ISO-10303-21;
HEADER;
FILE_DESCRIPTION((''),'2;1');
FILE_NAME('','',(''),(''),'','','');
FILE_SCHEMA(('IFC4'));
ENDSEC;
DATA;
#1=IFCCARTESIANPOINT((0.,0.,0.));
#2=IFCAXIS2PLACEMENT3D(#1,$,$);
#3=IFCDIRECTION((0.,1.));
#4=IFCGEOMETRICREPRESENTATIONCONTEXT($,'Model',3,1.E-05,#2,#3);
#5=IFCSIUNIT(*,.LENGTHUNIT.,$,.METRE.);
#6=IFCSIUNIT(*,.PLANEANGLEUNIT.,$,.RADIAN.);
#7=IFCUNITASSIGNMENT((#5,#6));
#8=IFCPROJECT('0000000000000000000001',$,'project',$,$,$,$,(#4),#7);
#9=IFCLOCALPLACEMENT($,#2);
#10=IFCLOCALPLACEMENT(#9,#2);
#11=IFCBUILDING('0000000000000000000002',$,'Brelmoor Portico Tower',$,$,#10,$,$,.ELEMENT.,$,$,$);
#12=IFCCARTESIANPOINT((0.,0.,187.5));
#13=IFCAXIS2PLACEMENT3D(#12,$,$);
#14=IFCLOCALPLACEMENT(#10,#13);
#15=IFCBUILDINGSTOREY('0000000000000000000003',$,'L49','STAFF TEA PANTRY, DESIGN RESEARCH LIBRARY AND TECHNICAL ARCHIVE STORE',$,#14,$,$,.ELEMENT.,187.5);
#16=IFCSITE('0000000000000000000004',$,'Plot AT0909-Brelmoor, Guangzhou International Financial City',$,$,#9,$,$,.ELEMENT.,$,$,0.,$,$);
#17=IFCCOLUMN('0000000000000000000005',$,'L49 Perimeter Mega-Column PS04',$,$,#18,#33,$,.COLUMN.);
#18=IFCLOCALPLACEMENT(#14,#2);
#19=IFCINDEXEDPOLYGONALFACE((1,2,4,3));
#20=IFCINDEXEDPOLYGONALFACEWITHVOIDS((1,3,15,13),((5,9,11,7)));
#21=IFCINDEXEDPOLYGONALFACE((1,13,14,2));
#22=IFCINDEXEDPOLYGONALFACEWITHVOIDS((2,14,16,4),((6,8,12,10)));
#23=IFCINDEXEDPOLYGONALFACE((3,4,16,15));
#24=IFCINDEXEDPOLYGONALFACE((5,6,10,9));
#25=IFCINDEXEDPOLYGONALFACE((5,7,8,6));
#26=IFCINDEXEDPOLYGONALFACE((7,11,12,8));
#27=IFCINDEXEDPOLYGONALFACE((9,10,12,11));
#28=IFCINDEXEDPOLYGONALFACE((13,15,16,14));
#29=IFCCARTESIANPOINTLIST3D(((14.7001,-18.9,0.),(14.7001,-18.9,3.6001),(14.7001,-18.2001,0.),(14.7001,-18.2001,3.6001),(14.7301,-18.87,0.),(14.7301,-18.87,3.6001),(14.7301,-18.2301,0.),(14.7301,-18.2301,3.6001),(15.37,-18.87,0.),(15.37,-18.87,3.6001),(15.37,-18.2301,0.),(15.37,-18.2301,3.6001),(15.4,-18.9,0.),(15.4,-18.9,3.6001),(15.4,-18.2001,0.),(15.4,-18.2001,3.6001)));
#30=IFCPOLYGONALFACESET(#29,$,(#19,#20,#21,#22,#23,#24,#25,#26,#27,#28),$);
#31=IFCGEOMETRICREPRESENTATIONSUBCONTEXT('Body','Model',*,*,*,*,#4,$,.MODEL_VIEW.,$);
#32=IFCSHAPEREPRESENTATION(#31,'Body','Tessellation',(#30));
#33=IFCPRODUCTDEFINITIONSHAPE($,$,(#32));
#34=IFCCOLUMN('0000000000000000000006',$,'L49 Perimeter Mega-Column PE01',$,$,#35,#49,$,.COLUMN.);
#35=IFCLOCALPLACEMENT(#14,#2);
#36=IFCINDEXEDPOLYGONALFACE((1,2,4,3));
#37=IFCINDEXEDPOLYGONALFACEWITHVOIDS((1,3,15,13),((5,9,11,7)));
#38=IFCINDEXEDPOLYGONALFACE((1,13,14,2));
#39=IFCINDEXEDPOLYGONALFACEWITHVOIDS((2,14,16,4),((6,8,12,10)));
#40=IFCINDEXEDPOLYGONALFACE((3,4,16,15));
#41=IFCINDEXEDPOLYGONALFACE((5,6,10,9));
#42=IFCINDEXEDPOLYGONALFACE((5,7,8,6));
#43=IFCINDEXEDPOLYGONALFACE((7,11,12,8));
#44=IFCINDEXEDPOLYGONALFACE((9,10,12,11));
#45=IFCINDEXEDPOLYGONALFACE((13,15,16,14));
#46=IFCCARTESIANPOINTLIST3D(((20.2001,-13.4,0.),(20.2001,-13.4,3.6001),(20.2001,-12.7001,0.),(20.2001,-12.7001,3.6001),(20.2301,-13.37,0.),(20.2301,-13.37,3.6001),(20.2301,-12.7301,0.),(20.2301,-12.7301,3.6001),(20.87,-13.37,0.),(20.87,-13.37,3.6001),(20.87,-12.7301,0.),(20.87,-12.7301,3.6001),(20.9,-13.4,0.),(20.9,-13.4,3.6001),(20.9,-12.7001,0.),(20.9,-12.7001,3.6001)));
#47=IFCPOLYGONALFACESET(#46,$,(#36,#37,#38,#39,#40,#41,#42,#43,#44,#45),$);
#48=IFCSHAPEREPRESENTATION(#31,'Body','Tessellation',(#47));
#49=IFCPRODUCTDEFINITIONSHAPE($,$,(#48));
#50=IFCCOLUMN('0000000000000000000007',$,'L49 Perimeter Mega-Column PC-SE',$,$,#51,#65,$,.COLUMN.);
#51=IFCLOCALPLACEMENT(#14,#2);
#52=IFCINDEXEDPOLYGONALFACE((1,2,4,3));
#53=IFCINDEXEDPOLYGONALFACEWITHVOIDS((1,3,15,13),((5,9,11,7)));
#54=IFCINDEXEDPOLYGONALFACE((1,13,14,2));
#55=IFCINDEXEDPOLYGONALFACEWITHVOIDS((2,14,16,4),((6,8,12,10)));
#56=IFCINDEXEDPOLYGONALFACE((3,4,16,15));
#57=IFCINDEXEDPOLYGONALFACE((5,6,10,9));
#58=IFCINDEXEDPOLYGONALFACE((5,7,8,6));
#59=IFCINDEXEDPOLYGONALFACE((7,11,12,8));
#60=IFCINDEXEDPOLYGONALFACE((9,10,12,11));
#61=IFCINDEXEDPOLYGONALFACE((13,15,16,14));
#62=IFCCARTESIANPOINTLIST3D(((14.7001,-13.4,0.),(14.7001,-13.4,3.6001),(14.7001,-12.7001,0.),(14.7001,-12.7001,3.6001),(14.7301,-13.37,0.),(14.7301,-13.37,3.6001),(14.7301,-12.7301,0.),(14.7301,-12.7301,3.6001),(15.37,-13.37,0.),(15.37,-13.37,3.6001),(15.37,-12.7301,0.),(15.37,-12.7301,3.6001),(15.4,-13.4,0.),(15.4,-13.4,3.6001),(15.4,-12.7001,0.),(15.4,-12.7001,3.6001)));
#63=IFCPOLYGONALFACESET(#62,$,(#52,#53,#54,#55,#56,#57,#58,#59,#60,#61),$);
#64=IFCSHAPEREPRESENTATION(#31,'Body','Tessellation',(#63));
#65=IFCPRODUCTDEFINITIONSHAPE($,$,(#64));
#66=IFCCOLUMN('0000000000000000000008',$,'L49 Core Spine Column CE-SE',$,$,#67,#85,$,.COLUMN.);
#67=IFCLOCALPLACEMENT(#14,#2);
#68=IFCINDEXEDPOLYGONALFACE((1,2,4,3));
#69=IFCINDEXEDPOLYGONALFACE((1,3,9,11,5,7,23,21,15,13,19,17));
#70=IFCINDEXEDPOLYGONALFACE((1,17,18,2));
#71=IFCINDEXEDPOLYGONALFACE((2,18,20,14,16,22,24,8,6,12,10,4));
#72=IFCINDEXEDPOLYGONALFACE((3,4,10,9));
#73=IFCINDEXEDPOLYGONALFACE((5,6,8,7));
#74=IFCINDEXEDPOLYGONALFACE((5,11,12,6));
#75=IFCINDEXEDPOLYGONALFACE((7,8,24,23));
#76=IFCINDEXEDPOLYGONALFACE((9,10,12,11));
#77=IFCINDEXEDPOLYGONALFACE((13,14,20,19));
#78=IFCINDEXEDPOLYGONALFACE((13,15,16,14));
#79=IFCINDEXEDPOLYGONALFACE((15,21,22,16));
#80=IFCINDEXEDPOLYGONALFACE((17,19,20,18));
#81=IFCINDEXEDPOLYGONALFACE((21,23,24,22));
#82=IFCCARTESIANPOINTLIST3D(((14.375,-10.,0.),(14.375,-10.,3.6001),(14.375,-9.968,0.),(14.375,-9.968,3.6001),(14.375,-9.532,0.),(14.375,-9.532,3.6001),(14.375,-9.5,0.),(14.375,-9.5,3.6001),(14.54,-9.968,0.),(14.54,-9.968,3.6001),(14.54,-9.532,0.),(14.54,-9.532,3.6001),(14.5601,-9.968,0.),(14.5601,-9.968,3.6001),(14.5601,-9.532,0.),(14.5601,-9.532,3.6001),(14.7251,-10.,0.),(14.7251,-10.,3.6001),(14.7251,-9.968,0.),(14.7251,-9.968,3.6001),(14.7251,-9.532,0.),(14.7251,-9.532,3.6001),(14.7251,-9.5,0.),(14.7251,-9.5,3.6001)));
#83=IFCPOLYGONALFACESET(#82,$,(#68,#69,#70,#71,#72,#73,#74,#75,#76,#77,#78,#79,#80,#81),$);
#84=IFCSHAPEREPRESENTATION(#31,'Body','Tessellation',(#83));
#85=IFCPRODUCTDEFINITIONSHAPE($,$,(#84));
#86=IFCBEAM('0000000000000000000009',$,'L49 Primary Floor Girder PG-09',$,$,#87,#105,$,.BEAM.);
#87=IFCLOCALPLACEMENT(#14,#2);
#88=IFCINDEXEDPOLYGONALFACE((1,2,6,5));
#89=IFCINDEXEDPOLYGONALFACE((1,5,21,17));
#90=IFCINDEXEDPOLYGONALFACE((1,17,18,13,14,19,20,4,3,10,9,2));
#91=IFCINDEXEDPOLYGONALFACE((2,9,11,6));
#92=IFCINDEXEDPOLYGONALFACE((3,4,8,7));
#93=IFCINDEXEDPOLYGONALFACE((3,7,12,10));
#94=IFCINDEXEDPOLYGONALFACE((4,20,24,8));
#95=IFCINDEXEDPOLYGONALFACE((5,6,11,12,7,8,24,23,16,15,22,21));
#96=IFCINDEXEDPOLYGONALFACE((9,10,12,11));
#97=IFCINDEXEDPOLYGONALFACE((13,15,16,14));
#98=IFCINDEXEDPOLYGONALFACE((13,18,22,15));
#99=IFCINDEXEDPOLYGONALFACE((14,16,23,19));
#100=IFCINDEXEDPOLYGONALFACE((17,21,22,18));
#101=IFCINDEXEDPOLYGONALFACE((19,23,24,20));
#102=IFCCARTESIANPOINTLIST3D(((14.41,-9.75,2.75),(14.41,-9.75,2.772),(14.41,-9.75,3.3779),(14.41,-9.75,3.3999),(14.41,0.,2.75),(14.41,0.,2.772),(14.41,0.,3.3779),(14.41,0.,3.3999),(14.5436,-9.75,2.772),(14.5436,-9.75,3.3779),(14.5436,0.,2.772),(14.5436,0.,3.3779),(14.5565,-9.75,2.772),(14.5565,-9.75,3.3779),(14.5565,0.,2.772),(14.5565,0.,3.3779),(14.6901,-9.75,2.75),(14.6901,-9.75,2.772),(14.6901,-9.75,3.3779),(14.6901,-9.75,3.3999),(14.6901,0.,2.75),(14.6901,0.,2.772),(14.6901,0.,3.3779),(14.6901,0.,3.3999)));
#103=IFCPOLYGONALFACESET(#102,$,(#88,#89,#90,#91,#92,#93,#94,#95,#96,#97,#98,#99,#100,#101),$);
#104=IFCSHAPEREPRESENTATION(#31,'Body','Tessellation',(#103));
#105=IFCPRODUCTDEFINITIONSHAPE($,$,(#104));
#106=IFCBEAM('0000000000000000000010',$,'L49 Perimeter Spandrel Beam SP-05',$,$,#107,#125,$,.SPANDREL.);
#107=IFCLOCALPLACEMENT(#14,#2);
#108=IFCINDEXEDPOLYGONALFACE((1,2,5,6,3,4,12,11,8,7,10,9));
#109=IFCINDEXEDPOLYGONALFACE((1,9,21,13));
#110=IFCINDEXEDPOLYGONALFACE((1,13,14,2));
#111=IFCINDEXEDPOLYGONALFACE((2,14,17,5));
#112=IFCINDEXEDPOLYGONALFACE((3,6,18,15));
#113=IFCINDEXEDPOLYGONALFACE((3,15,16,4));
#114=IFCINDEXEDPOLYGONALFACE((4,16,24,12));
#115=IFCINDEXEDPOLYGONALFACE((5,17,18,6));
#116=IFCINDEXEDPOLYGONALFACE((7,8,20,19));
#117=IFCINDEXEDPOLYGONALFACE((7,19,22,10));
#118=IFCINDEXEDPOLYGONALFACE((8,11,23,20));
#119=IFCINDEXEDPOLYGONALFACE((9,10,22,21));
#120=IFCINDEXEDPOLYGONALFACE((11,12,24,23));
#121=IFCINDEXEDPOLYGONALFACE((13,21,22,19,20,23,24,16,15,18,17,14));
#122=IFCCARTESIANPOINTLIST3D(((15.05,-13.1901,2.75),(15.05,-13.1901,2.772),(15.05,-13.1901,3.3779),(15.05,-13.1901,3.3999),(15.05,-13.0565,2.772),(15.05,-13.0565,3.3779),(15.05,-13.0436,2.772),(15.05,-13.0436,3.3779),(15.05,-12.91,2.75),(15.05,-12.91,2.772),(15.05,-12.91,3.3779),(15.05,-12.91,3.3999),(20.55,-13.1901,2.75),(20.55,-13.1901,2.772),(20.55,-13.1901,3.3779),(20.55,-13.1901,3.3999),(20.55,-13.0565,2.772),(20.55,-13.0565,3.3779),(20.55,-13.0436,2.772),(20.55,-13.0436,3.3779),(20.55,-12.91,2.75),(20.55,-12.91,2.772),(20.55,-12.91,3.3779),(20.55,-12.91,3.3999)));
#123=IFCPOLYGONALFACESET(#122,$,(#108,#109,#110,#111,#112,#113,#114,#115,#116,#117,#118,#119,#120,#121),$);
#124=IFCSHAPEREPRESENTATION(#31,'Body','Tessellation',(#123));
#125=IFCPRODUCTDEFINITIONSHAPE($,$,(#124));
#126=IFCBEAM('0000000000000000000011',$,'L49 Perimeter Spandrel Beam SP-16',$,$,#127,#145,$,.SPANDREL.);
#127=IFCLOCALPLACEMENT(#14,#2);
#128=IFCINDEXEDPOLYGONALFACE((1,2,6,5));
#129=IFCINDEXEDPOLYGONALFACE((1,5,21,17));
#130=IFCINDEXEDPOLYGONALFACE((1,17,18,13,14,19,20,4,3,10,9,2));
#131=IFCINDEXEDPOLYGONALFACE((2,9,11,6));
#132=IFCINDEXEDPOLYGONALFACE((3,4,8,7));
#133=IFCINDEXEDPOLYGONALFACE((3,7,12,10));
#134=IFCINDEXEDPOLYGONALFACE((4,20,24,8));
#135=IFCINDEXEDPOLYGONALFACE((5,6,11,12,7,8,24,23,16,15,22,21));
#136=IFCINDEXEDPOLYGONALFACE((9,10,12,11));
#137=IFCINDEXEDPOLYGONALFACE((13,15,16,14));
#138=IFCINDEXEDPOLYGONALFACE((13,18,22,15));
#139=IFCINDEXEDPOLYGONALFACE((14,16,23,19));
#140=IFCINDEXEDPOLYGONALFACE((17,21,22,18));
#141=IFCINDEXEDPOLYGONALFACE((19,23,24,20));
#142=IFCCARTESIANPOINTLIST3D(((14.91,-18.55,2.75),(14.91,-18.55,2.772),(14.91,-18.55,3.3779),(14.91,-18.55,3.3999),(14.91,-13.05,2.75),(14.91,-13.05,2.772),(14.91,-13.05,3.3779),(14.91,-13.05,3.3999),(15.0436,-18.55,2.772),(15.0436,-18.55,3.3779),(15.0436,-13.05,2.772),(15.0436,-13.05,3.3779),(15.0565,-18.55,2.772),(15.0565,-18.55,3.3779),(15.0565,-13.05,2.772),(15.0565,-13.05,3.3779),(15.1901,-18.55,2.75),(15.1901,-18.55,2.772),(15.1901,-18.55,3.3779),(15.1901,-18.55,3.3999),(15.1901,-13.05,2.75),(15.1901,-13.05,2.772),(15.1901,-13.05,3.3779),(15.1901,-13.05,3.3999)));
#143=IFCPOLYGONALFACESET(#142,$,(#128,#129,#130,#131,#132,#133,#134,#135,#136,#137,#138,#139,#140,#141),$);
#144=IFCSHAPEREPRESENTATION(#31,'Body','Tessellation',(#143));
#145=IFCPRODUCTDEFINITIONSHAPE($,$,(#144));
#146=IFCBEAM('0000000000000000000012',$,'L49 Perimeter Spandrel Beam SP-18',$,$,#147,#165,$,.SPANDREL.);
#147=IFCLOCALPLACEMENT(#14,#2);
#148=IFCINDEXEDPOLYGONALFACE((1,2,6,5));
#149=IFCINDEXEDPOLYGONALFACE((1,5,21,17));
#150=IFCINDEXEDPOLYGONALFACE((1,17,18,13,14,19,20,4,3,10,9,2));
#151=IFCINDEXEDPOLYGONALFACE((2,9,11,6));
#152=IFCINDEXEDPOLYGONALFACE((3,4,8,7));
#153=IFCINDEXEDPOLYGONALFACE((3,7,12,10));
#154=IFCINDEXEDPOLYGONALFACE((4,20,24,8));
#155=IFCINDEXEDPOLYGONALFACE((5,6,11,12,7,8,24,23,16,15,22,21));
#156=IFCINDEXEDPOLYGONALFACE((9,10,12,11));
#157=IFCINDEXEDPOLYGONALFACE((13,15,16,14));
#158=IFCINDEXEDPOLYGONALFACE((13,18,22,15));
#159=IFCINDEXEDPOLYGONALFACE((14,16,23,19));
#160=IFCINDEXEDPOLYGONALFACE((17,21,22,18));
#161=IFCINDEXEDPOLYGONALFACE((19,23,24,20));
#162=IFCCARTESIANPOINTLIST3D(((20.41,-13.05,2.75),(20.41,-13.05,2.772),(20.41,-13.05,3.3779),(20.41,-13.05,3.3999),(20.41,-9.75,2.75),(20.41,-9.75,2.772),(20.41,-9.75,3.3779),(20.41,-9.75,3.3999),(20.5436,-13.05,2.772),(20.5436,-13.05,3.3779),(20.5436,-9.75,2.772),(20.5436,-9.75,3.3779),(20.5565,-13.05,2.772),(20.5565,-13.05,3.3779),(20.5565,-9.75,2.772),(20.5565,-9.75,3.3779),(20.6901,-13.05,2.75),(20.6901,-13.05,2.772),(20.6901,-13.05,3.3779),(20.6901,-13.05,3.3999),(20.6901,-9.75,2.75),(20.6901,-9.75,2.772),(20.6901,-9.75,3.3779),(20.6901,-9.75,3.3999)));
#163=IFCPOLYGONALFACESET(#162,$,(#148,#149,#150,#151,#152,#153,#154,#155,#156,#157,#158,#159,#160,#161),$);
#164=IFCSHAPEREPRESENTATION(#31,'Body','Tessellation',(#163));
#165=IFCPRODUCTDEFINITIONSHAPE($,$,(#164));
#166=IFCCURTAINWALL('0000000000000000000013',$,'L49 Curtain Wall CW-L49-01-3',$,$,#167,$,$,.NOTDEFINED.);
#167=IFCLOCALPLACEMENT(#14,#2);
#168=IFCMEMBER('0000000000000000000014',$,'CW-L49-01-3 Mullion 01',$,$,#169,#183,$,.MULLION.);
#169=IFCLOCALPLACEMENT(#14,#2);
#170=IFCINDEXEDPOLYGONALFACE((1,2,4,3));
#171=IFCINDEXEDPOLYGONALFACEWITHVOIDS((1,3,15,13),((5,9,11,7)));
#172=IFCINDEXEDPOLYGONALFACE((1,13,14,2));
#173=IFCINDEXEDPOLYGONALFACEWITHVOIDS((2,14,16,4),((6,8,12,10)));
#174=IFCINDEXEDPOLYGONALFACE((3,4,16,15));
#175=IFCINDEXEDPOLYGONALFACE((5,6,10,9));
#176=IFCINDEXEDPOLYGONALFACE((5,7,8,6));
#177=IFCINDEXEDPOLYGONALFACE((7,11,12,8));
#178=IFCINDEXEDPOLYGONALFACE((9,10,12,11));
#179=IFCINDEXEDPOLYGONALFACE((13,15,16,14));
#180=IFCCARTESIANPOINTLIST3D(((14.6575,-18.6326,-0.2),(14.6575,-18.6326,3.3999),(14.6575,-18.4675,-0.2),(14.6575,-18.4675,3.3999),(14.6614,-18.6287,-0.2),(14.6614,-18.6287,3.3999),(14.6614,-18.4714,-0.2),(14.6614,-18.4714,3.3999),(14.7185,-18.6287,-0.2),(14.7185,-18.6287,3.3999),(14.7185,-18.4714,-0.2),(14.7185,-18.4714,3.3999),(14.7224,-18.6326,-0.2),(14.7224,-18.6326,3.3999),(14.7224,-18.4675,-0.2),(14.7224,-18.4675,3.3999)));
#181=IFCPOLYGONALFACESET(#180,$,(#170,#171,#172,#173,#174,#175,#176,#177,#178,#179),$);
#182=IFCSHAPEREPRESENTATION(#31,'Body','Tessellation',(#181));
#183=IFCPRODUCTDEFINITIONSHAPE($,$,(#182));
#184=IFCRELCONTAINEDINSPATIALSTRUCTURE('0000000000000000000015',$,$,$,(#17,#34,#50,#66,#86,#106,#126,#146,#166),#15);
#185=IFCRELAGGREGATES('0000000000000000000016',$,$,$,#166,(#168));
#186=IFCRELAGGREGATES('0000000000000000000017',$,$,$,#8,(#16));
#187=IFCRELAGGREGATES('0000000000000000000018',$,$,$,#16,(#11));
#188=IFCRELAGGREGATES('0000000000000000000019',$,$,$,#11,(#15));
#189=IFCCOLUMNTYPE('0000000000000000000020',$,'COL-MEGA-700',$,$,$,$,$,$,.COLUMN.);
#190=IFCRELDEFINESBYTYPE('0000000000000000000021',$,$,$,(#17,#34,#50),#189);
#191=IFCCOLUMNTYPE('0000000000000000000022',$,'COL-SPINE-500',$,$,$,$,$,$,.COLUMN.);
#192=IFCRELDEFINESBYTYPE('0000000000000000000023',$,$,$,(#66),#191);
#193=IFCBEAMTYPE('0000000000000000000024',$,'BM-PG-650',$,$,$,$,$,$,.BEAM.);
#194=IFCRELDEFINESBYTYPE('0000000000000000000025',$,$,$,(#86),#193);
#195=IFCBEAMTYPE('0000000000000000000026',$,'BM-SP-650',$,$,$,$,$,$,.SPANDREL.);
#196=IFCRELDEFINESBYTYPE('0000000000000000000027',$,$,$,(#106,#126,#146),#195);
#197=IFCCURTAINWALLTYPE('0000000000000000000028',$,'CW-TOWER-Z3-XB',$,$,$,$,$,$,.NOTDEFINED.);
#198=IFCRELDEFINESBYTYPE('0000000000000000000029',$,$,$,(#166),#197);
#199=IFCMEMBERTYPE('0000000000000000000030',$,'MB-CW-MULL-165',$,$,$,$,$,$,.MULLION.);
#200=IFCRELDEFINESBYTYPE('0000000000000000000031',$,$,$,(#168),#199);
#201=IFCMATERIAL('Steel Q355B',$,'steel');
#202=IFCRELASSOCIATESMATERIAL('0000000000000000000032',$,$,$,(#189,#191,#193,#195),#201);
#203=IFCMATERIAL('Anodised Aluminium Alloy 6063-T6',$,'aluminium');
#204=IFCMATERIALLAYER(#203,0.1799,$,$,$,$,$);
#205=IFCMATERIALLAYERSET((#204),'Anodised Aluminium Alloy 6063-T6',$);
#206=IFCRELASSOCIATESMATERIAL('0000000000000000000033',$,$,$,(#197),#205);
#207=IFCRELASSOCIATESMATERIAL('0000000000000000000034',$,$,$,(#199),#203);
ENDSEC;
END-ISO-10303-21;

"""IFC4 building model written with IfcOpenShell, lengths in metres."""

from ifc_helpers import new_model, si_unit, direction, frame, origin, origin_2d, place, context, subcontext, project, spatial, hollow_rectangle, i_section, extrude, material, layer, layer_set, material_profile, profile_set, type_object, element, aggregate, save


model = new_model("IFC4")

# Units and contexts
model_context = context("Model", 3, precision=1e-05, world=origin(), true_north=direction((0.0, 1.0)))
body_context = subcontext(model_context, "Body", "Model", "MODEL_VIEW")
ifc_project = project(units=[si_unit("LENGTHUNIT", "METRE"), si_unit("PLANEANGLEUNIT", "RADIAN")], contexts=[model_context])

# Site, building, storey
site_placement = place(None, origin())
site = spatial("IfcSite", under=ifc_project, at=site_placement, Name="Plot AT0909-Brelmoor, Guangzhou International Financial City", CompositionType="ELEMENT", RefElevation=0.0)
building_placement = place(site_placement, origin())
building = spatial("IfcBuilding", under=site, at=building_placement, Name="Brelmoor Portico Tower", CompositionType="ELEMENT")
storey_placement = place(building_placement, frame((0.0, 0.0, 187.5)))
storey = spatial("IfcBuildingStorey", under=building, at=storey_placement, Name="L49", Description="STAFF TEA PANTRY, DESIGN RESEARCH LIBRARY AND TECHNICAL ARCHIVE STORE", CompositionType="ELEMENT", Elevation=187.5)

# Columns
ifc_material_1 = material(Name="Steel Q355B", Category="steel")
ifc_material_profile_1 = material_profile(ifc_material_1, hollow_rectangle(XDim=0.7, YDim=0.7, WallThickness=0.03, at=origin_2d()), Name="BOX 700x700x30")
ifc_profile_set_1 = profile_set([ifc_material_profile_1], Name="Steel Q355B")
column_type_1 = type_object("IfcColumnType", Name="COL-MEGA-700", PredefinedType="COLUMN", material=ifc_profile_set_1)
for number, where, z_axis, x_axis, name in (
    (1, (15.05, -18.55, 0.0), (0.0, 0.0, 1.0), (1.0, 0.0, 0.0), "L49 Perimeter Mega-Column PS04"),
    (2, (20.55, -13.05, 0.0), (0.0, 0.0, 1.0), (0.0, 1.0, 0.0), "L49 Perimeter Mega-Column PE01"),
    (3, (15.05, -13.05, 0.0), (0.0, 0.0, 1.0), (1.0, 0.0, 0.0), "L49 Perimeter Mega-Column PC-SE"),
):
    element("IfcColumn", number, at=place(storey_placement, frame(where, z_axis=z_axis, x_axis=x_axis)), inside=storey, type_object=column_type_1, Name=name, PredefinedType="COLUMN", context=body_context, shape_type="SweptSolid", body=[
        extrude(hollow_rectangle(XDim=0.7, YDim=0.7, WallThickness=0.03, at=origin_2d()), origin(), (0.0, 0.0, 1.0), 3.6001),
    ])
ifc_material_profile_2 = material_profile(ifc_material_1, i_section(OverallWidth=0.3501, OverallDepth=0.5, WebThickness=0.02, FlangeThickness=0.032, at=origin_2d()), Name="HW 500x350x20x32")
ifc_profile_set_2 = profile_set([ifc_material_profile_2], Name="Steel Q355B")
column_type_2 = type_object("IfcColumnType", Name="COL-SPINE-500", PredefinedType="COLUMN", material=ifc_profile_set_2)
column_placement = place(storey_placement, frame((14.55, -9.75, 0.0), z_axis=(0.0, 0.0, 1.0), x_axis=(1.0, 0.0, 0.0)))
element("IfcColumn", 4, at=column_placement, inside=storey, type_object=column_type_2, Name="L49 Core Spine Column CE-SE", PredefinedType="COLUMN", context=body_context, shape_type="SweptSolid", body=[
    extrude(i_section(OverallWidth=0.3501, OverallDepth=0.5, WebThickness=0.02, FlangeThickness=0.032, at=origin_2d()), origin(), (0.0, 0.0, 1.0), 3.6001),
])

# Beams
ifc_material_profile_3 = material_profile(ifc_material_1, i_section(OverallWidth=0.28, OverallDepth=0.6499, WebThickness=0.0129, FlangeThickness=0.022, at=origin_2d()), Name="HN 650x280x13x22")
ifc_profile_set_3 = profile_set([ifc_material_profile_3], Name="Steel Q355B")
beam_type_1 = type_object("IfcBeamType", Name="BM-PG-650", PredefinedType="BEAM", material=ifc_profile_set_3)
beam_1_placement = place(storey_placement, frame((14.55, -9.75, 3.075), z_axis=(0.0, 1.0, 0.0), x_axis=(-1.0, 0.0, 0.0)))
element("IfcBeam", 5, at=beam_1_placement, inside=storey, type_object=beam_type_1, Name="L49 Primary Floor Girder PG-09", PredefinedType="BEAM", context=body_context, shape_type="SweptSolid", body=[
    extrude(i_section(OverallWidth=0.28, OverallDepth=0.6499, WebThickness=0.0129, FlangeThickness=0.022, at=origin_2d()), origin(), (0.0, 0.0, 1.0), 9.75),
])
ifc_material_profile_4 = material_profile(ifc_material_1, i_section(OverallWidth=0.28, OverallDepth=0.6499, WebThickness=0.0129, FlangeThickness=0.022, at=origin_2d()), Name="HN 650x280x13x22")
ifc_profile_set_4 = profile_set([ifc_material_profile_4], Name="Steel Q355B")
beam_type_2 = type_object("IfcBeamType", Name="BM-SP-650", PredefinedType="SPANDREL", material=ifc_profile_set_4)
for number, where, z_axis, x_axis, name in (
    (6, (15.05, -13.05, 3.075), (1.0, 0.0, 0.0), (0.0, 1.0, 0.0), "L49 Perimeter Spandrel Beam SP-05"),
    (7, (15.05, -18.55, 3.075), (0.0, 1.0, 0.0), (-1.0, 0.0, 0.0), "L49 Perimeter Spandrel Beam SP-16"),
):
    element("IfcBeam", number, at=place(storey_placement, frame(where, z_axis=z_axis, x_axis=x_axis)), inside=storey, type_object=beam_type_2, Name=name, PredefinedType="SPANDREL", context=body_context, shape_type="SweptSolid", body=[
        extrude(i_section(OverallWidth=0.28, OverallDepth=0.6499, WebThickness=0.0129, FlangeThickness=0.022, at=origin_2d()), origin(), (0.0, 0.0, 1.0), 5.5),
    ])
beam_2_placement = place(storey_placement, frame((20.55, -13.05, 3.075), z_axis=(0.0, 1.0, 0.0), x_axis=(-1.0, 0.0, 0.0)))
element("IfcBeam", 8, at=beam_2_placement, inside=storey, type_object=beam_type_2, Name="L49 Perimeter Spandrel Beam SP-18", PredefinedType="SPANDREL", context=body_context, shape_type="SweptSolid", body=[
    extrude(i_section(OverallWidth=0.28, OverallDepth=0.6499, WebThickness=0.0129, FlangeThickness=0.022, at=origin_2d()), origin(), (0.0, 0.0, 1.0), 3.3),
])

# Curtain wall, member
ifc_material_2 = material(Name="Anodised Aluminium Alloy 6063-T6", Category="aluminium")
ifc_layer_1 = layer(ifc_material_2, 0.1799)
ifc_layer_set_1 = layer_set([ifc_layer_1], Name="Anodised Aluminium Alloy 6063-T6")
curtain_wall_type = type_object("IfcCurtainWallType", Name="CW-TOWER-Z3-XB", PredefinedType="NOTDEFINED", material=ifc_layer_set_1)
curtain_wall_1_placement = place(storey_placement, origin())
curtain_wall_1 = element("IfcCurtainWall", 9, at=curtain_wall_1_placement, inside=storey, type_object=curtain_wall_type, Name="L49 Curtain Wall CW-L49-01-3", PredefinedType="NOTDEFINED")
ifc_material_profile_5 = material_profile(ifc_material_2, hollow_rectangle(XDim=0.0649, YDim=0.165, WallThickness=0.0039, at=origin_2d()), Name="ALU MULLION 65x165")
ifc_profile_set_5 = profile_set([ifc_material_profile_5], Name="Anodised Aluminium Alloy 6063-T6")
member_type_1 = type_object("IfcMemberType", Name="MB-CW-MULL-165", PredefinedType="MULLION", material=ifc_profile_set_5)
member_1_placement = place(storey_placement, frame((14.6899, -18.55, -0.2), z_axis=(0.0, 0.0, 1.0), x_axis=(1.0, 0.0, 0.0)))
member_1 = element("IfcMember", 10, at=member_1_placement, type_object=member_type_1, Name="CW-L49-01-3 Mullion 01", PredefinedType="MULLION", context=body_context, shape_type="SweptSolid", body=[
    extrude(hollow_rectangle(XDim=0.0649, YDim=0.165, WallThickness=0.0039, at=origin_2d()), origin(), (0.0, 0.0, 1.0), 3.5999),
])
aggregate(curtain_wall_1, [member_1])

save(model, "model.ifc")
